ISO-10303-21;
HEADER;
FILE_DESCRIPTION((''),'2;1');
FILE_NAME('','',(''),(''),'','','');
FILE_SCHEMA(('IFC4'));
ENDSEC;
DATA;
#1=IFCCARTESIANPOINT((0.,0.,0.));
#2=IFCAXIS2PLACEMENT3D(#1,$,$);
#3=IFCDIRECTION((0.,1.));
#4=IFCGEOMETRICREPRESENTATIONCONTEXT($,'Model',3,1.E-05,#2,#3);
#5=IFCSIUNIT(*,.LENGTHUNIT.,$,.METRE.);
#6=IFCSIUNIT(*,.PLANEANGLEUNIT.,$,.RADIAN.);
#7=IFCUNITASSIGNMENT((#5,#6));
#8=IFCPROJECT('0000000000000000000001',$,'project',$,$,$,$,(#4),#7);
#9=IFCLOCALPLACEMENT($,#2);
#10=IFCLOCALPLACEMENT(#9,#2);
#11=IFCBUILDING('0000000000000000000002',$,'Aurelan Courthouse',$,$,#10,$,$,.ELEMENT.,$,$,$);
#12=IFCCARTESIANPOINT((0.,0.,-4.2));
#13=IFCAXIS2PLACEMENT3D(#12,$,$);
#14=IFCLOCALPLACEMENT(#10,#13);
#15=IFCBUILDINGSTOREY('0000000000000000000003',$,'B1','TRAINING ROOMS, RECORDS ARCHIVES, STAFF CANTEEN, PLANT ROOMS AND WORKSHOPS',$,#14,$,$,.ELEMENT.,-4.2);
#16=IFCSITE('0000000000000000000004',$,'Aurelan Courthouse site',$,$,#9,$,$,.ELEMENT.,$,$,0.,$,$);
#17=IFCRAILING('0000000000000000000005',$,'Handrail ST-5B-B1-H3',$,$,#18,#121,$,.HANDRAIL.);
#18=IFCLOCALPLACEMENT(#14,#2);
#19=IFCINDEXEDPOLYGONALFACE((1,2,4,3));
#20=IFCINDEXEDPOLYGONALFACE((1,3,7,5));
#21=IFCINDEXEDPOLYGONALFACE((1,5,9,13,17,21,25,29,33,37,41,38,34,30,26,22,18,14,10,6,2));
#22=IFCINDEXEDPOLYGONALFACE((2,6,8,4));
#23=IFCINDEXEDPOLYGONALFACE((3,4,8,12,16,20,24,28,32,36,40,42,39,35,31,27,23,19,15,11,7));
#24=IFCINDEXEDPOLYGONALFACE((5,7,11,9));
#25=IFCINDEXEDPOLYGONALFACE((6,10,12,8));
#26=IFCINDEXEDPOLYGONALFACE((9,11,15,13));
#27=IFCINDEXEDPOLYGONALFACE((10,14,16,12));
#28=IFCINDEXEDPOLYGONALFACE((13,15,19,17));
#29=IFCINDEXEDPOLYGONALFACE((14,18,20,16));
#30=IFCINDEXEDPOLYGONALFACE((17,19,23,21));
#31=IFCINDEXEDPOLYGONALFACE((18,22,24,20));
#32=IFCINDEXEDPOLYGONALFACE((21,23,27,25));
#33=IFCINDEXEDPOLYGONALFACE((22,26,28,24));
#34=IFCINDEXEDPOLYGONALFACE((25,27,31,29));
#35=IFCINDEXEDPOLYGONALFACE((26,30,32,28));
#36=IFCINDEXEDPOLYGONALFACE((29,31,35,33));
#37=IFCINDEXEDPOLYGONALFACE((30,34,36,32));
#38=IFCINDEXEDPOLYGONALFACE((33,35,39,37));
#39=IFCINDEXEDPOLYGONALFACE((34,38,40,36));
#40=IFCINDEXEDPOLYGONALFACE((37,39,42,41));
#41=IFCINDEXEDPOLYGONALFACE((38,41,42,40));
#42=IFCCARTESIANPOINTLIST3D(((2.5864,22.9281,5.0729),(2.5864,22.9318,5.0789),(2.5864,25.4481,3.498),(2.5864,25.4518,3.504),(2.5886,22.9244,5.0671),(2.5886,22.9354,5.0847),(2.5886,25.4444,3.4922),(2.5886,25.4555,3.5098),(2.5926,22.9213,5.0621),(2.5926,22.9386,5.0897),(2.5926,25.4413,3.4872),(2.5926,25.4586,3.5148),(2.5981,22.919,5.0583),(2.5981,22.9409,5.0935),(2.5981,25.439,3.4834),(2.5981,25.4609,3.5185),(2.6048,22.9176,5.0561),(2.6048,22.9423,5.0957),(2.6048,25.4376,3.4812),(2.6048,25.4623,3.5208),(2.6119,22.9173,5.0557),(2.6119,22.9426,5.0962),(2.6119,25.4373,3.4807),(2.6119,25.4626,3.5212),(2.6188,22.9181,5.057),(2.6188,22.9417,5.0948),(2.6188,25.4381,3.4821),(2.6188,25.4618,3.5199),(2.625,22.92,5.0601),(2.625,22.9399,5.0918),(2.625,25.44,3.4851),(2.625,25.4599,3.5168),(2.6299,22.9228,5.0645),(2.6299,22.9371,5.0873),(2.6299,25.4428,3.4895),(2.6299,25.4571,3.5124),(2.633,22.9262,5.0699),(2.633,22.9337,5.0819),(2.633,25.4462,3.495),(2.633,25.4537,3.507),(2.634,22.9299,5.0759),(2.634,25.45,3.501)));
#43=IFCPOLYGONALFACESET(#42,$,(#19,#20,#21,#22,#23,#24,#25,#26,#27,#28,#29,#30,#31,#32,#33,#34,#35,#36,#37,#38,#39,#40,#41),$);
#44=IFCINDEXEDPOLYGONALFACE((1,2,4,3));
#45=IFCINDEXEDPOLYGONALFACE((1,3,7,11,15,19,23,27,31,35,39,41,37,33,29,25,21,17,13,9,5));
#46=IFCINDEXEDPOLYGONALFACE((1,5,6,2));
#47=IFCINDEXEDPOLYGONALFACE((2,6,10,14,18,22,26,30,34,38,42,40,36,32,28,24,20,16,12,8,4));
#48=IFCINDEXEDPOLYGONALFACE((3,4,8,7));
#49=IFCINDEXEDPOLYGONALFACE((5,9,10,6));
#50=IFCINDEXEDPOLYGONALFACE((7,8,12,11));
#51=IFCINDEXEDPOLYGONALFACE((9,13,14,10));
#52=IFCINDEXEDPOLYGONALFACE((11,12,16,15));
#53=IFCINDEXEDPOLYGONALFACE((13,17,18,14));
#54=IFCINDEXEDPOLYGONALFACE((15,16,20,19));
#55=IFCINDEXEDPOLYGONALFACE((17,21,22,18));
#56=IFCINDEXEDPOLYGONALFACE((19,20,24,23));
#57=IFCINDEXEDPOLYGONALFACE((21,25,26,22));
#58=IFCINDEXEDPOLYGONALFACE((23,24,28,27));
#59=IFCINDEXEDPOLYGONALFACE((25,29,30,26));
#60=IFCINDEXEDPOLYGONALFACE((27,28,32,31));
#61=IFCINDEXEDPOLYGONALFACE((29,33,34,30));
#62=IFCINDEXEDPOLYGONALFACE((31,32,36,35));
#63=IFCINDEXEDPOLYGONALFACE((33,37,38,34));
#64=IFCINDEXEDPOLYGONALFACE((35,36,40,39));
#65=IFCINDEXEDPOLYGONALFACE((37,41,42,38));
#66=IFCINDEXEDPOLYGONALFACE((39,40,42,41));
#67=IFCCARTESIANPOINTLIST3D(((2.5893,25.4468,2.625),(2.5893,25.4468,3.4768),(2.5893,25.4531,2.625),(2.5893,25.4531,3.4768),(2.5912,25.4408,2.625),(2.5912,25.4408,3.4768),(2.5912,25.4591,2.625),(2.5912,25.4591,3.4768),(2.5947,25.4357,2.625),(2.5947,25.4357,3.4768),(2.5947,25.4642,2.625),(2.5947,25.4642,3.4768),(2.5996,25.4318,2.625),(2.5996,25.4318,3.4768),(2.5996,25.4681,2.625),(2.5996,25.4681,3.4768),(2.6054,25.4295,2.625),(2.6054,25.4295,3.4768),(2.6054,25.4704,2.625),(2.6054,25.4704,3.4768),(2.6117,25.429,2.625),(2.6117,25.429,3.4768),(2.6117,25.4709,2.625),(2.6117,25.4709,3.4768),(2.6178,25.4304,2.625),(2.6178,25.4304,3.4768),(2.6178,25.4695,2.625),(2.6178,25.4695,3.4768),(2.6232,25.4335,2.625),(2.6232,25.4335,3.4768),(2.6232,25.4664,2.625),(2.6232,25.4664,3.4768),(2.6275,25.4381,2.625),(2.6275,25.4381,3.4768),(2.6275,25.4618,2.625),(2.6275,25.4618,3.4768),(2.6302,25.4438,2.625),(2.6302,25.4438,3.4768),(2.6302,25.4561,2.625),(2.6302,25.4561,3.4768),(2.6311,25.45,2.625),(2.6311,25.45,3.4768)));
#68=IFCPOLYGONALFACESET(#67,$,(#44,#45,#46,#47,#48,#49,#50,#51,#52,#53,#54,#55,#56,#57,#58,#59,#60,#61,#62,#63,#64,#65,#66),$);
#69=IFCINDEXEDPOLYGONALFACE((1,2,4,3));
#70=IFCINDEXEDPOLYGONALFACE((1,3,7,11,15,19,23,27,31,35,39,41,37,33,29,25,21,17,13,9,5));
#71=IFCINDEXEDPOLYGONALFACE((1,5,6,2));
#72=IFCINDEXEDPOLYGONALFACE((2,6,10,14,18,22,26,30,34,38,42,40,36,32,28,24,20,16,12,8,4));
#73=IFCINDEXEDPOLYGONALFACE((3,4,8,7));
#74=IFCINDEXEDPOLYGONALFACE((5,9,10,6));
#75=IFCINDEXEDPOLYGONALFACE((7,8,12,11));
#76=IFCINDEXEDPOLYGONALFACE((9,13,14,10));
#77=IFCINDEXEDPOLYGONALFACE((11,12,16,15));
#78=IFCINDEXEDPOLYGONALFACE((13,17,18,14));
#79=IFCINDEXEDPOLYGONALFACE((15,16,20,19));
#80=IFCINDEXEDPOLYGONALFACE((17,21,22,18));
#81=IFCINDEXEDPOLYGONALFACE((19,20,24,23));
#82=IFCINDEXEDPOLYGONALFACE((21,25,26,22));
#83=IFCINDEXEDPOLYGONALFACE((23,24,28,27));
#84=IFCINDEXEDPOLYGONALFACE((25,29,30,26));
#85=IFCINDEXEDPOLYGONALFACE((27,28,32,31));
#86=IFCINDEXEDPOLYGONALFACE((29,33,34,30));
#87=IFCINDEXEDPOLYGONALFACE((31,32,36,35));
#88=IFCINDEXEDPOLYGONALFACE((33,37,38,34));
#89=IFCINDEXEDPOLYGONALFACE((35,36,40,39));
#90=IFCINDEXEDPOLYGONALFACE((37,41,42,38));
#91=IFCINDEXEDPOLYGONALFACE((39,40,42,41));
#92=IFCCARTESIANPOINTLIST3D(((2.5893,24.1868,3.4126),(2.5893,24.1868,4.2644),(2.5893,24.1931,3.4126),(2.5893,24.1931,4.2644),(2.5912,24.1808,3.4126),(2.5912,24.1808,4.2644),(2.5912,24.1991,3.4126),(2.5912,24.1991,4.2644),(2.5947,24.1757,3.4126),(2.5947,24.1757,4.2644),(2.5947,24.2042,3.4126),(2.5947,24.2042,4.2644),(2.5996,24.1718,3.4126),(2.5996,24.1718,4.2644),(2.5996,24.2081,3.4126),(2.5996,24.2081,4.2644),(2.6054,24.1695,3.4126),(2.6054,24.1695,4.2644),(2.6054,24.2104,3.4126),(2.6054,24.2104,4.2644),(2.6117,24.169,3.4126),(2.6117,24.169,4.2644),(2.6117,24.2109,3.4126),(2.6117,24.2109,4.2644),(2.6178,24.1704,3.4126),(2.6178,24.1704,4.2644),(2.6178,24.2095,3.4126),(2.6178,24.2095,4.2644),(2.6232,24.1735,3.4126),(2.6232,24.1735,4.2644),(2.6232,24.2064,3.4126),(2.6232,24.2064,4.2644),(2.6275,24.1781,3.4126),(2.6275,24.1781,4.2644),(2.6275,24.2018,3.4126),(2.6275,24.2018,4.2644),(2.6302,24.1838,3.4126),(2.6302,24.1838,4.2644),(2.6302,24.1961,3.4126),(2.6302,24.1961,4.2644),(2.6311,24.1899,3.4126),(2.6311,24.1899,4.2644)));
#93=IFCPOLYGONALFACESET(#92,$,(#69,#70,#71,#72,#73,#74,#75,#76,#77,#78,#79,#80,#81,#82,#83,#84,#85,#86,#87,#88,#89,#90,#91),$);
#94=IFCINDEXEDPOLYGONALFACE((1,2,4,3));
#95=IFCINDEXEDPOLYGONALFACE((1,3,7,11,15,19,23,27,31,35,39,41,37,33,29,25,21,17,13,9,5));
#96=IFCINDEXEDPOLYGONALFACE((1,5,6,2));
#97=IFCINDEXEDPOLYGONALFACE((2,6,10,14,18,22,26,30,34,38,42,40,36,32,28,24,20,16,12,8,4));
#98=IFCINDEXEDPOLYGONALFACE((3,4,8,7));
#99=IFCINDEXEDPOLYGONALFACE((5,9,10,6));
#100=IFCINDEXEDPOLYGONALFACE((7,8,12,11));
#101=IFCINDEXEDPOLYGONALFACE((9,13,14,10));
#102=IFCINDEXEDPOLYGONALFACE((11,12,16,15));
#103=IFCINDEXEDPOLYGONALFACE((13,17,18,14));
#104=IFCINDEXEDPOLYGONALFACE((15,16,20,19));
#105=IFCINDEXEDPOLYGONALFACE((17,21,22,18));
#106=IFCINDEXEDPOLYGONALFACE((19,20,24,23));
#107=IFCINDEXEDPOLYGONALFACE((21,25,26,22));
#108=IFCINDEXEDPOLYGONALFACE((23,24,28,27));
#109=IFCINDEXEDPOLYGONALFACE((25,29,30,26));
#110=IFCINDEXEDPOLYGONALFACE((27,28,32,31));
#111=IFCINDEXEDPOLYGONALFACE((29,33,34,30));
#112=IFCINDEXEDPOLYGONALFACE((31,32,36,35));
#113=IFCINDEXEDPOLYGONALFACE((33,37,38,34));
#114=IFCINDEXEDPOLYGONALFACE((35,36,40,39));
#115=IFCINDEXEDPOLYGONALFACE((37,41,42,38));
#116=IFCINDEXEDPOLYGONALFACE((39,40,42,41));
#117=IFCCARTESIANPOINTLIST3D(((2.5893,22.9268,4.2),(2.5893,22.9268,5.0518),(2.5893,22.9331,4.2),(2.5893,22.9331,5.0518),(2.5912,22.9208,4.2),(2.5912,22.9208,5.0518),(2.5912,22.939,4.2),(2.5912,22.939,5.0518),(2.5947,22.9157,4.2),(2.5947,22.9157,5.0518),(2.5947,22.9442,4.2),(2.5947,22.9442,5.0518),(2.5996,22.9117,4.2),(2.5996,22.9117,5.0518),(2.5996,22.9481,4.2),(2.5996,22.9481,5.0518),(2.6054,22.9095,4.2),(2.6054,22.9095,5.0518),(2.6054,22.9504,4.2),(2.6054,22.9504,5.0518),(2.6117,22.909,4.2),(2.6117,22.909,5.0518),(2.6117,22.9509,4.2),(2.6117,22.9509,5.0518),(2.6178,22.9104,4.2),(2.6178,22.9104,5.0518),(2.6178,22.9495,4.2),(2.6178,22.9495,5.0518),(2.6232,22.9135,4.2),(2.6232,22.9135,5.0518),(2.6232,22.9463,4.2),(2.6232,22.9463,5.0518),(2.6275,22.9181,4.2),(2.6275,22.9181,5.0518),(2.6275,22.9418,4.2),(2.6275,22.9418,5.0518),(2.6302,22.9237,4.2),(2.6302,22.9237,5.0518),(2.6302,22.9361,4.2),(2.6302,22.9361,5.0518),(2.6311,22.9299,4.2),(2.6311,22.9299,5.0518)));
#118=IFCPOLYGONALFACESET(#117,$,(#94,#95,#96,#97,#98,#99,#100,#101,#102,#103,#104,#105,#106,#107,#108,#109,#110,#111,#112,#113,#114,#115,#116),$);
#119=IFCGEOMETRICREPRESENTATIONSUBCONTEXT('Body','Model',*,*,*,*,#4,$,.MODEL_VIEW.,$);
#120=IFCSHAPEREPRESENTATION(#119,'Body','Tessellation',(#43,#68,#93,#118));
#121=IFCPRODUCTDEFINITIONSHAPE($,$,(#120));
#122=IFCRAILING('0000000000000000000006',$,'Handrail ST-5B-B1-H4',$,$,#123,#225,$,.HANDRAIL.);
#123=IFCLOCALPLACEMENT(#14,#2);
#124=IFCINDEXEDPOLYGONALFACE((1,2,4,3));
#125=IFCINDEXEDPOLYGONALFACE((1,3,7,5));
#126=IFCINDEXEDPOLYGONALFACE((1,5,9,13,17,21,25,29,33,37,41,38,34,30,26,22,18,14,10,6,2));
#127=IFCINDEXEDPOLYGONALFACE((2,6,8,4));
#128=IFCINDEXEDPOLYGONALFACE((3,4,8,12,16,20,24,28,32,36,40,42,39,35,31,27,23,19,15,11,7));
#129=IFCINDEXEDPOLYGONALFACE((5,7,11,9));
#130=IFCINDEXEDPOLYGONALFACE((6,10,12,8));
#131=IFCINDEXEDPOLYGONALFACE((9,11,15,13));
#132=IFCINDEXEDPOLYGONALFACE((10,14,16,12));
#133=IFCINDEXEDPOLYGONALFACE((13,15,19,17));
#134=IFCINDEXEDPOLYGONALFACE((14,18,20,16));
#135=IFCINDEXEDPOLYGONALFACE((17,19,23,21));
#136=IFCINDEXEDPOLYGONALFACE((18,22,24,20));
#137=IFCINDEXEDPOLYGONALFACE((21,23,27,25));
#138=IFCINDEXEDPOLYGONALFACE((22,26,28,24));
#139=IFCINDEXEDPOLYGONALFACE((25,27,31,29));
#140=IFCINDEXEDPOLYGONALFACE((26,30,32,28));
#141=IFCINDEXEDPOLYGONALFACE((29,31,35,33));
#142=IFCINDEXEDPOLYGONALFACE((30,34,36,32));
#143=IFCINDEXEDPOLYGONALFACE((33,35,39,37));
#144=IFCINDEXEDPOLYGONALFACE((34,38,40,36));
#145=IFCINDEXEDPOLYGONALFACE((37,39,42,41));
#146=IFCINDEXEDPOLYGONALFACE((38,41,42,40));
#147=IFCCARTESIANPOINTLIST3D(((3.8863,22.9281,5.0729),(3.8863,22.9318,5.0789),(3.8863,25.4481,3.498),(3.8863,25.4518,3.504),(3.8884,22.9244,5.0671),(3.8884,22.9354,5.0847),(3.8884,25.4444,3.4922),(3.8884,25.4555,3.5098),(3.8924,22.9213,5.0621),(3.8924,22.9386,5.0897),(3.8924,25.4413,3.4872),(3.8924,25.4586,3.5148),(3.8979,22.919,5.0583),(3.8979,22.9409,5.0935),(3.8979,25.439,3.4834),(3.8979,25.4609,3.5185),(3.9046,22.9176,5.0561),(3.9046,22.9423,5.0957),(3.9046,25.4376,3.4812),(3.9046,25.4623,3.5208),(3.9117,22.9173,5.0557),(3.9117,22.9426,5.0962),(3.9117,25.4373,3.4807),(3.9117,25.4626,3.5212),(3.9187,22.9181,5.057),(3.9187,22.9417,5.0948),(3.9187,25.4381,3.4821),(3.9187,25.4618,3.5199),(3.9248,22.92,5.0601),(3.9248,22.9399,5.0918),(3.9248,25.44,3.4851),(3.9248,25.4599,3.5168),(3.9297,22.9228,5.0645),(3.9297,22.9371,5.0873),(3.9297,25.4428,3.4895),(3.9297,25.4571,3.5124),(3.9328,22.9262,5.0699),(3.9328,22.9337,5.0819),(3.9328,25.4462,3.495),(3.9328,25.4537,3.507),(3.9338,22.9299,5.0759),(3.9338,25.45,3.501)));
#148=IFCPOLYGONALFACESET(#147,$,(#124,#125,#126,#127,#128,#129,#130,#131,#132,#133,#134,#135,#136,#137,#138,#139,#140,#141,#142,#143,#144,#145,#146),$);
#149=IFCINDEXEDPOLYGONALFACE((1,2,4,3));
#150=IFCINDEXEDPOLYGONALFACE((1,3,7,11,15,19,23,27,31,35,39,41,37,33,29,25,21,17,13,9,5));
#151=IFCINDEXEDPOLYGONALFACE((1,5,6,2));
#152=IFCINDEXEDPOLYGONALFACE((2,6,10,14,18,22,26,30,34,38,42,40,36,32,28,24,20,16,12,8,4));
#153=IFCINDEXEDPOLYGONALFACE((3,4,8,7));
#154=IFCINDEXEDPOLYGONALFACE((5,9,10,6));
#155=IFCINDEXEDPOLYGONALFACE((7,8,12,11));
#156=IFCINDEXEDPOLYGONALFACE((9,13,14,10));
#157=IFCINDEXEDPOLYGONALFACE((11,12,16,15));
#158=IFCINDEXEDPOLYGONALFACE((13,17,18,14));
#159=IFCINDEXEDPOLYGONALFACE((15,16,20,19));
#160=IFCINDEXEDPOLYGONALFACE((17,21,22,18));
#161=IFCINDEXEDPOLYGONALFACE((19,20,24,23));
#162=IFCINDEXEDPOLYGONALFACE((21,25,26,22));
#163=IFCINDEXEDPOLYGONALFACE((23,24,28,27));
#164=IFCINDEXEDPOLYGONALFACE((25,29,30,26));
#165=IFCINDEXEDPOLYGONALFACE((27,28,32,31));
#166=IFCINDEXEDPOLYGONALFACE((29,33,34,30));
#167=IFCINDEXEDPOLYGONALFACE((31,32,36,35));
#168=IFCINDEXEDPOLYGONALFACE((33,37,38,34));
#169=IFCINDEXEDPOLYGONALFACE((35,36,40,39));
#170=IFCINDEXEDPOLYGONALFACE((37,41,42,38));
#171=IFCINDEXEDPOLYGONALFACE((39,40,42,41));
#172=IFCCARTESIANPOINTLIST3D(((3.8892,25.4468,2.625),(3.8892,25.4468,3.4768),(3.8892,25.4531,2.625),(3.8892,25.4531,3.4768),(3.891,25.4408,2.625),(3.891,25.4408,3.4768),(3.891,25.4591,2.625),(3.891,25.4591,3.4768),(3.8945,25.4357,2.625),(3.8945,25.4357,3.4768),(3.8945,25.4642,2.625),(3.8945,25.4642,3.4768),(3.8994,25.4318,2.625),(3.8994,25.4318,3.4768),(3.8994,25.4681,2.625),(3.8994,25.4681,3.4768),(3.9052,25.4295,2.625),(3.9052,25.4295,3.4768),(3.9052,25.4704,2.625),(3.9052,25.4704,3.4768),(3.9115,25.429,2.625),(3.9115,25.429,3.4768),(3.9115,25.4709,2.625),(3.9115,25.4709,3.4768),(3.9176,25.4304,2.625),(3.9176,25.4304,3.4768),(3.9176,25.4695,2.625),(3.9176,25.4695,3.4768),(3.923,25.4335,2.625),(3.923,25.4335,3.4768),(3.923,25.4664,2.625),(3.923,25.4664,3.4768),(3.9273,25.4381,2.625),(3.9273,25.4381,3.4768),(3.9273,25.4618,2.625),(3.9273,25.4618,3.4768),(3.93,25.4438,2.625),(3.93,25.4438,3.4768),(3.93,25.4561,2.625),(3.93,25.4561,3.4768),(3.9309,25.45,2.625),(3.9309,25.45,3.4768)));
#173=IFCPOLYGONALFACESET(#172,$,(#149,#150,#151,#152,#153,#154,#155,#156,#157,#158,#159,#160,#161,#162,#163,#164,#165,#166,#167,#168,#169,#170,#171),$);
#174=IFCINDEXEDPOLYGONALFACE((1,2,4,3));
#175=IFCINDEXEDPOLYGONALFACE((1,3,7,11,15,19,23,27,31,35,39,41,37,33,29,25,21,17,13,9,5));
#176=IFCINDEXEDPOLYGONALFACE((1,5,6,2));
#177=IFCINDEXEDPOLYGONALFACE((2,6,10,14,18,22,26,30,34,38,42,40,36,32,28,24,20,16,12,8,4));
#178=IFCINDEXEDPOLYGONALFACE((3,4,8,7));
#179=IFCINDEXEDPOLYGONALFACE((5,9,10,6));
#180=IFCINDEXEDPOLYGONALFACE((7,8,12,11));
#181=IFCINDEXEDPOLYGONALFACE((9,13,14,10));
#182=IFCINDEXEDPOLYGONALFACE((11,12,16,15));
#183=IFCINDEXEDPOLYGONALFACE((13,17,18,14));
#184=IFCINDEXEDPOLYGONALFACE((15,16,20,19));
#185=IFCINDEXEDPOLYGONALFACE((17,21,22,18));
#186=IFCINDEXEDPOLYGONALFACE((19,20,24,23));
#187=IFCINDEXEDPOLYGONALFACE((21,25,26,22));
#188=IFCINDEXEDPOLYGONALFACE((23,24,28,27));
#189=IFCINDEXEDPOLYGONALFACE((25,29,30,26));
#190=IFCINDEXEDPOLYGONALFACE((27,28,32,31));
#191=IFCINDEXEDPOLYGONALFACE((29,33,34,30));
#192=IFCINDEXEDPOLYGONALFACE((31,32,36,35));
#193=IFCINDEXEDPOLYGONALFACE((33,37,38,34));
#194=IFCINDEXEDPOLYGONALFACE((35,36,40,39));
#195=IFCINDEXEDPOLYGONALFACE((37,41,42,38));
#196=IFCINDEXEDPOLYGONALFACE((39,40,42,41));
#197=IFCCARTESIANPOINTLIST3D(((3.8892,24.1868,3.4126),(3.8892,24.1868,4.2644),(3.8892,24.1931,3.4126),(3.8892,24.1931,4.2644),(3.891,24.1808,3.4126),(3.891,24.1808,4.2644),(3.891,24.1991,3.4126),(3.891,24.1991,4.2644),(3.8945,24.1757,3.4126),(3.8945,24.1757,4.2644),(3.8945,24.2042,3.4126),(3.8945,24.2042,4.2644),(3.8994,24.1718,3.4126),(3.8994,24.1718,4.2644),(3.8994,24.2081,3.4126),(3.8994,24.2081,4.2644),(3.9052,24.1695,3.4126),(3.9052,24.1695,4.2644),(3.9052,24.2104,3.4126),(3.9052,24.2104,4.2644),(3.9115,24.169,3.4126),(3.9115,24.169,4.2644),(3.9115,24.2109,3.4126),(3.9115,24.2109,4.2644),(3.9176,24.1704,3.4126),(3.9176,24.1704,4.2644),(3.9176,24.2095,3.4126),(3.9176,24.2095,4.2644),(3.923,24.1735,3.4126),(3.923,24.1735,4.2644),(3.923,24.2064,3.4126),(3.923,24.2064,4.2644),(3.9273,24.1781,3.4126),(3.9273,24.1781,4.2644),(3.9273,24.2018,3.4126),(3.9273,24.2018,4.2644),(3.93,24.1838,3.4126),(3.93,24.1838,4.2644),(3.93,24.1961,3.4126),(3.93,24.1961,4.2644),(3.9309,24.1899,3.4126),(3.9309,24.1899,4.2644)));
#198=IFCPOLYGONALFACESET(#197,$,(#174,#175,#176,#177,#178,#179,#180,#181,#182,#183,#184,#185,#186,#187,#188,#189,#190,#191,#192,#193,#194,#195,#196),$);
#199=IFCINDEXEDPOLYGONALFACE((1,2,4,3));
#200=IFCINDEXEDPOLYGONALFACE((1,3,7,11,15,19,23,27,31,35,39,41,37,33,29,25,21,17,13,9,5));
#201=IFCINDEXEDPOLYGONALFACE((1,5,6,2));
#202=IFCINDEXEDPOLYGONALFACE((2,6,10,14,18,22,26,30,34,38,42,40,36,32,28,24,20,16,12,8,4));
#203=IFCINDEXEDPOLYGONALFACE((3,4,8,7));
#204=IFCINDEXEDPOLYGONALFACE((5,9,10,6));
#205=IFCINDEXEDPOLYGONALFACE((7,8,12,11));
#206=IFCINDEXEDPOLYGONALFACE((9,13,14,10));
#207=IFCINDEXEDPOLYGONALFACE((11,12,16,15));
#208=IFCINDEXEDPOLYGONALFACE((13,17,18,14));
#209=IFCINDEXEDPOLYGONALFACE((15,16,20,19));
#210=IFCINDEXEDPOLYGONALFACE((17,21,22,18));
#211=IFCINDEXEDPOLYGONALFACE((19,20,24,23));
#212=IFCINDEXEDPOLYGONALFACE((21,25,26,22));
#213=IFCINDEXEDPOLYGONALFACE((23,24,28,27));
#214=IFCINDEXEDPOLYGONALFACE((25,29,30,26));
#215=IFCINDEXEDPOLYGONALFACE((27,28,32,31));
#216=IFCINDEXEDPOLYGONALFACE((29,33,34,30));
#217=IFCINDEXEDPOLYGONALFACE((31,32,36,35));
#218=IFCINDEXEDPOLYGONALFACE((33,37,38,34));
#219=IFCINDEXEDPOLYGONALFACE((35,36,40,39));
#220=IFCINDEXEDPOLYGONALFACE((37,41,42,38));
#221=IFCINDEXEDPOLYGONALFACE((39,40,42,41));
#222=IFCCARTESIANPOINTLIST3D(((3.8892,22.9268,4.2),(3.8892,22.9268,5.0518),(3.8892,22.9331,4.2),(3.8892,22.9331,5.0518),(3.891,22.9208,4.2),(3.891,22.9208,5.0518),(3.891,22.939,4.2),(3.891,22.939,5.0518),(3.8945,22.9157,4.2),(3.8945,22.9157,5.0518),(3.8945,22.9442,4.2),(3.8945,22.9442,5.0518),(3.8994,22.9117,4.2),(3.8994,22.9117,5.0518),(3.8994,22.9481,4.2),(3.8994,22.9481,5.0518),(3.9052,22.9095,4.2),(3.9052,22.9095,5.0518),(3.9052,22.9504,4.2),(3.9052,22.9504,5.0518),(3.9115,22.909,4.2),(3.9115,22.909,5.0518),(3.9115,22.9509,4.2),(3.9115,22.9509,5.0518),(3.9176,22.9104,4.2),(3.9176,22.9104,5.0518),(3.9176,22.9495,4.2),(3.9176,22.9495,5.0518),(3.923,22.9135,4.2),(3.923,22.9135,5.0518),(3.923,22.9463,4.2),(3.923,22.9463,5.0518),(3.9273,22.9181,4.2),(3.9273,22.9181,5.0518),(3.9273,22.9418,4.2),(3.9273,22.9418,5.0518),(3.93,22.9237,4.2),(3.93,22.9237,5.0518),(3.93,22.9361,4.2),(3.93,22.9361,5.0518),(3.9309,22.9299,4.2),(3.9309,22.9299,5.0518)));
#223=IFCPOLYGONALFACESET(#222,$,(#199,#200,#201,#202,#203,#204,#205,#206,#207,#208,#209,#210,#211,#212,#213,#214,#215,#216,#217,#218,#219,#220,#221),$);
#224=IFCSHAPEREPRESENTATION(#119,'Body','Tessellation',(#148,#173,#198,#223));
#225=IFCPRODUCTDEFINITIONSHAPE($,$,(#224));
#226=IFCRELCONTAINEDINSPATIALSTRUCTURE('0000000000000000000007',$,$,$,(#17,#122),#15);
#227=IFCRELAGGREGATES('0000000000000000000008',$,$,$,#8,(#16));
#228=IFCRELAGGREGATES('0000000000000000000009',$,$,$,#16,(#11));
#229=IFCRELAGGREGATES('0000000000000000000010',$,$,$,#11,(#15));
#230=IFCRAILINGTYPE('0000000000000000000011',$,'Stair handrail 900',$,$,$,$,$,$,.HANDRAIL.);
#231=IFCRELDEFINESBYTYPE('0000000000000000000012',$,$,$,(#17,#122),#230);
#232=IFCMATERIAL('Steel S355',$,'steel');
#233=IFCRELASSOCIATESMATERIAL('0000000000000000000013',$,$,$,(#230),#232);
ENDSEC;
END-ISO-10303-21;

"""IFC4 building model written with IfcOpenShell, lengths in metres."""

from ifc_helpers import new_model, si_unit, direction, frame, origin, origin_2d, place, context, subcontext, project, spatial, circle, extrude, material, type_object, element, save


model = new_model("IFC4")

# Units and contexts
model_context = context("Model", 3, precision=1e-05, world=origin(), true_north=direction((0.0, 1.0)))
body_context = subcontext(model_context, "Body", "Model", "MODEL_VIEW")
ifc_project = project(units=[si_unit("LENGTHUNIT", "METRE"), si_unit("PLANEANGLEUNIT", "RADIAN")], contexts=[model_context])

# Site, building, storey
site_placement = place(None, origin())
site = spatial("IfcSite", under=ifc_project, at=site_placement, Name="Aurelan Courthouse site", CompositionType="ELEMENT", RefElevation=0.0)
building_placement = place(site_placement, origin())
building = spatial("IfcBuilding", under=site, at=building_placement, Name="Aurelan Courthouse", CompositionType="ELEMENT")
storey_placement = place(building_placement, frame((0.0, 0.0, -4.2)))
storey = spatial("IfcBuildingStorey", under=building, at=storey_placement, Name="B1", Description="TRAINING ROOMS, RECORDS ARCHIVES, STAFF CANTEEN, PLANT ROOMS AND WORKSHOPS", CompositionType="ELEMENT", Elevation=-4.2)

# Railings
ifc_material_1 = material(Name="Steel S355", Category="steel")
railing_type_1 = type_object("IfcRailingType", Name="Stair handrail 900", PredefinedType="HANDRAIL", material=ifc_material_1)
for number, where, name in (
    (1, (2.6101, 25.45, 2.625), "Handrail ST-5B-B1-H3"),
    (2, (3.9099, 25.45, 2.625), "Handrail ST-5B-B1-H4"),
):
    element("IfcRailing", number, at=place(storey_placement, frame(where)), inside=storey, type_object=railing_type_1, Name=name, PredefinedType="HANDRAIL", context=body_context, shape_type="SweptSolid", body=[
        extrude(circle(Radius=0.0239, at=origin_2d()), frame((0.0, 0.0, 0.876), z_axis=(0.0, -0.848008, 0.529984), x_axis=(1.0, 0.0, 0.0)), (0.0, 0.0, 1.0), 2.9717),
        extrude(circle(Radius=0.021, at=origin_2d()), origin(), (0.0, 0.0, 1.0), 0.8518),
        extrude(circle(Radius=0.021, at=origin_2d()), frame((0.0, -1.26, 0.7876)), (0.0, 0.0, 1.0), 0.8518),
        extrude(circle(Radius=0.021, at=origin_2d()), frame((0.0, -2.52, 1.575)), (0.0, 0.0, 1.0), 0.8518),
    ])

save(model, "model.ifc")
